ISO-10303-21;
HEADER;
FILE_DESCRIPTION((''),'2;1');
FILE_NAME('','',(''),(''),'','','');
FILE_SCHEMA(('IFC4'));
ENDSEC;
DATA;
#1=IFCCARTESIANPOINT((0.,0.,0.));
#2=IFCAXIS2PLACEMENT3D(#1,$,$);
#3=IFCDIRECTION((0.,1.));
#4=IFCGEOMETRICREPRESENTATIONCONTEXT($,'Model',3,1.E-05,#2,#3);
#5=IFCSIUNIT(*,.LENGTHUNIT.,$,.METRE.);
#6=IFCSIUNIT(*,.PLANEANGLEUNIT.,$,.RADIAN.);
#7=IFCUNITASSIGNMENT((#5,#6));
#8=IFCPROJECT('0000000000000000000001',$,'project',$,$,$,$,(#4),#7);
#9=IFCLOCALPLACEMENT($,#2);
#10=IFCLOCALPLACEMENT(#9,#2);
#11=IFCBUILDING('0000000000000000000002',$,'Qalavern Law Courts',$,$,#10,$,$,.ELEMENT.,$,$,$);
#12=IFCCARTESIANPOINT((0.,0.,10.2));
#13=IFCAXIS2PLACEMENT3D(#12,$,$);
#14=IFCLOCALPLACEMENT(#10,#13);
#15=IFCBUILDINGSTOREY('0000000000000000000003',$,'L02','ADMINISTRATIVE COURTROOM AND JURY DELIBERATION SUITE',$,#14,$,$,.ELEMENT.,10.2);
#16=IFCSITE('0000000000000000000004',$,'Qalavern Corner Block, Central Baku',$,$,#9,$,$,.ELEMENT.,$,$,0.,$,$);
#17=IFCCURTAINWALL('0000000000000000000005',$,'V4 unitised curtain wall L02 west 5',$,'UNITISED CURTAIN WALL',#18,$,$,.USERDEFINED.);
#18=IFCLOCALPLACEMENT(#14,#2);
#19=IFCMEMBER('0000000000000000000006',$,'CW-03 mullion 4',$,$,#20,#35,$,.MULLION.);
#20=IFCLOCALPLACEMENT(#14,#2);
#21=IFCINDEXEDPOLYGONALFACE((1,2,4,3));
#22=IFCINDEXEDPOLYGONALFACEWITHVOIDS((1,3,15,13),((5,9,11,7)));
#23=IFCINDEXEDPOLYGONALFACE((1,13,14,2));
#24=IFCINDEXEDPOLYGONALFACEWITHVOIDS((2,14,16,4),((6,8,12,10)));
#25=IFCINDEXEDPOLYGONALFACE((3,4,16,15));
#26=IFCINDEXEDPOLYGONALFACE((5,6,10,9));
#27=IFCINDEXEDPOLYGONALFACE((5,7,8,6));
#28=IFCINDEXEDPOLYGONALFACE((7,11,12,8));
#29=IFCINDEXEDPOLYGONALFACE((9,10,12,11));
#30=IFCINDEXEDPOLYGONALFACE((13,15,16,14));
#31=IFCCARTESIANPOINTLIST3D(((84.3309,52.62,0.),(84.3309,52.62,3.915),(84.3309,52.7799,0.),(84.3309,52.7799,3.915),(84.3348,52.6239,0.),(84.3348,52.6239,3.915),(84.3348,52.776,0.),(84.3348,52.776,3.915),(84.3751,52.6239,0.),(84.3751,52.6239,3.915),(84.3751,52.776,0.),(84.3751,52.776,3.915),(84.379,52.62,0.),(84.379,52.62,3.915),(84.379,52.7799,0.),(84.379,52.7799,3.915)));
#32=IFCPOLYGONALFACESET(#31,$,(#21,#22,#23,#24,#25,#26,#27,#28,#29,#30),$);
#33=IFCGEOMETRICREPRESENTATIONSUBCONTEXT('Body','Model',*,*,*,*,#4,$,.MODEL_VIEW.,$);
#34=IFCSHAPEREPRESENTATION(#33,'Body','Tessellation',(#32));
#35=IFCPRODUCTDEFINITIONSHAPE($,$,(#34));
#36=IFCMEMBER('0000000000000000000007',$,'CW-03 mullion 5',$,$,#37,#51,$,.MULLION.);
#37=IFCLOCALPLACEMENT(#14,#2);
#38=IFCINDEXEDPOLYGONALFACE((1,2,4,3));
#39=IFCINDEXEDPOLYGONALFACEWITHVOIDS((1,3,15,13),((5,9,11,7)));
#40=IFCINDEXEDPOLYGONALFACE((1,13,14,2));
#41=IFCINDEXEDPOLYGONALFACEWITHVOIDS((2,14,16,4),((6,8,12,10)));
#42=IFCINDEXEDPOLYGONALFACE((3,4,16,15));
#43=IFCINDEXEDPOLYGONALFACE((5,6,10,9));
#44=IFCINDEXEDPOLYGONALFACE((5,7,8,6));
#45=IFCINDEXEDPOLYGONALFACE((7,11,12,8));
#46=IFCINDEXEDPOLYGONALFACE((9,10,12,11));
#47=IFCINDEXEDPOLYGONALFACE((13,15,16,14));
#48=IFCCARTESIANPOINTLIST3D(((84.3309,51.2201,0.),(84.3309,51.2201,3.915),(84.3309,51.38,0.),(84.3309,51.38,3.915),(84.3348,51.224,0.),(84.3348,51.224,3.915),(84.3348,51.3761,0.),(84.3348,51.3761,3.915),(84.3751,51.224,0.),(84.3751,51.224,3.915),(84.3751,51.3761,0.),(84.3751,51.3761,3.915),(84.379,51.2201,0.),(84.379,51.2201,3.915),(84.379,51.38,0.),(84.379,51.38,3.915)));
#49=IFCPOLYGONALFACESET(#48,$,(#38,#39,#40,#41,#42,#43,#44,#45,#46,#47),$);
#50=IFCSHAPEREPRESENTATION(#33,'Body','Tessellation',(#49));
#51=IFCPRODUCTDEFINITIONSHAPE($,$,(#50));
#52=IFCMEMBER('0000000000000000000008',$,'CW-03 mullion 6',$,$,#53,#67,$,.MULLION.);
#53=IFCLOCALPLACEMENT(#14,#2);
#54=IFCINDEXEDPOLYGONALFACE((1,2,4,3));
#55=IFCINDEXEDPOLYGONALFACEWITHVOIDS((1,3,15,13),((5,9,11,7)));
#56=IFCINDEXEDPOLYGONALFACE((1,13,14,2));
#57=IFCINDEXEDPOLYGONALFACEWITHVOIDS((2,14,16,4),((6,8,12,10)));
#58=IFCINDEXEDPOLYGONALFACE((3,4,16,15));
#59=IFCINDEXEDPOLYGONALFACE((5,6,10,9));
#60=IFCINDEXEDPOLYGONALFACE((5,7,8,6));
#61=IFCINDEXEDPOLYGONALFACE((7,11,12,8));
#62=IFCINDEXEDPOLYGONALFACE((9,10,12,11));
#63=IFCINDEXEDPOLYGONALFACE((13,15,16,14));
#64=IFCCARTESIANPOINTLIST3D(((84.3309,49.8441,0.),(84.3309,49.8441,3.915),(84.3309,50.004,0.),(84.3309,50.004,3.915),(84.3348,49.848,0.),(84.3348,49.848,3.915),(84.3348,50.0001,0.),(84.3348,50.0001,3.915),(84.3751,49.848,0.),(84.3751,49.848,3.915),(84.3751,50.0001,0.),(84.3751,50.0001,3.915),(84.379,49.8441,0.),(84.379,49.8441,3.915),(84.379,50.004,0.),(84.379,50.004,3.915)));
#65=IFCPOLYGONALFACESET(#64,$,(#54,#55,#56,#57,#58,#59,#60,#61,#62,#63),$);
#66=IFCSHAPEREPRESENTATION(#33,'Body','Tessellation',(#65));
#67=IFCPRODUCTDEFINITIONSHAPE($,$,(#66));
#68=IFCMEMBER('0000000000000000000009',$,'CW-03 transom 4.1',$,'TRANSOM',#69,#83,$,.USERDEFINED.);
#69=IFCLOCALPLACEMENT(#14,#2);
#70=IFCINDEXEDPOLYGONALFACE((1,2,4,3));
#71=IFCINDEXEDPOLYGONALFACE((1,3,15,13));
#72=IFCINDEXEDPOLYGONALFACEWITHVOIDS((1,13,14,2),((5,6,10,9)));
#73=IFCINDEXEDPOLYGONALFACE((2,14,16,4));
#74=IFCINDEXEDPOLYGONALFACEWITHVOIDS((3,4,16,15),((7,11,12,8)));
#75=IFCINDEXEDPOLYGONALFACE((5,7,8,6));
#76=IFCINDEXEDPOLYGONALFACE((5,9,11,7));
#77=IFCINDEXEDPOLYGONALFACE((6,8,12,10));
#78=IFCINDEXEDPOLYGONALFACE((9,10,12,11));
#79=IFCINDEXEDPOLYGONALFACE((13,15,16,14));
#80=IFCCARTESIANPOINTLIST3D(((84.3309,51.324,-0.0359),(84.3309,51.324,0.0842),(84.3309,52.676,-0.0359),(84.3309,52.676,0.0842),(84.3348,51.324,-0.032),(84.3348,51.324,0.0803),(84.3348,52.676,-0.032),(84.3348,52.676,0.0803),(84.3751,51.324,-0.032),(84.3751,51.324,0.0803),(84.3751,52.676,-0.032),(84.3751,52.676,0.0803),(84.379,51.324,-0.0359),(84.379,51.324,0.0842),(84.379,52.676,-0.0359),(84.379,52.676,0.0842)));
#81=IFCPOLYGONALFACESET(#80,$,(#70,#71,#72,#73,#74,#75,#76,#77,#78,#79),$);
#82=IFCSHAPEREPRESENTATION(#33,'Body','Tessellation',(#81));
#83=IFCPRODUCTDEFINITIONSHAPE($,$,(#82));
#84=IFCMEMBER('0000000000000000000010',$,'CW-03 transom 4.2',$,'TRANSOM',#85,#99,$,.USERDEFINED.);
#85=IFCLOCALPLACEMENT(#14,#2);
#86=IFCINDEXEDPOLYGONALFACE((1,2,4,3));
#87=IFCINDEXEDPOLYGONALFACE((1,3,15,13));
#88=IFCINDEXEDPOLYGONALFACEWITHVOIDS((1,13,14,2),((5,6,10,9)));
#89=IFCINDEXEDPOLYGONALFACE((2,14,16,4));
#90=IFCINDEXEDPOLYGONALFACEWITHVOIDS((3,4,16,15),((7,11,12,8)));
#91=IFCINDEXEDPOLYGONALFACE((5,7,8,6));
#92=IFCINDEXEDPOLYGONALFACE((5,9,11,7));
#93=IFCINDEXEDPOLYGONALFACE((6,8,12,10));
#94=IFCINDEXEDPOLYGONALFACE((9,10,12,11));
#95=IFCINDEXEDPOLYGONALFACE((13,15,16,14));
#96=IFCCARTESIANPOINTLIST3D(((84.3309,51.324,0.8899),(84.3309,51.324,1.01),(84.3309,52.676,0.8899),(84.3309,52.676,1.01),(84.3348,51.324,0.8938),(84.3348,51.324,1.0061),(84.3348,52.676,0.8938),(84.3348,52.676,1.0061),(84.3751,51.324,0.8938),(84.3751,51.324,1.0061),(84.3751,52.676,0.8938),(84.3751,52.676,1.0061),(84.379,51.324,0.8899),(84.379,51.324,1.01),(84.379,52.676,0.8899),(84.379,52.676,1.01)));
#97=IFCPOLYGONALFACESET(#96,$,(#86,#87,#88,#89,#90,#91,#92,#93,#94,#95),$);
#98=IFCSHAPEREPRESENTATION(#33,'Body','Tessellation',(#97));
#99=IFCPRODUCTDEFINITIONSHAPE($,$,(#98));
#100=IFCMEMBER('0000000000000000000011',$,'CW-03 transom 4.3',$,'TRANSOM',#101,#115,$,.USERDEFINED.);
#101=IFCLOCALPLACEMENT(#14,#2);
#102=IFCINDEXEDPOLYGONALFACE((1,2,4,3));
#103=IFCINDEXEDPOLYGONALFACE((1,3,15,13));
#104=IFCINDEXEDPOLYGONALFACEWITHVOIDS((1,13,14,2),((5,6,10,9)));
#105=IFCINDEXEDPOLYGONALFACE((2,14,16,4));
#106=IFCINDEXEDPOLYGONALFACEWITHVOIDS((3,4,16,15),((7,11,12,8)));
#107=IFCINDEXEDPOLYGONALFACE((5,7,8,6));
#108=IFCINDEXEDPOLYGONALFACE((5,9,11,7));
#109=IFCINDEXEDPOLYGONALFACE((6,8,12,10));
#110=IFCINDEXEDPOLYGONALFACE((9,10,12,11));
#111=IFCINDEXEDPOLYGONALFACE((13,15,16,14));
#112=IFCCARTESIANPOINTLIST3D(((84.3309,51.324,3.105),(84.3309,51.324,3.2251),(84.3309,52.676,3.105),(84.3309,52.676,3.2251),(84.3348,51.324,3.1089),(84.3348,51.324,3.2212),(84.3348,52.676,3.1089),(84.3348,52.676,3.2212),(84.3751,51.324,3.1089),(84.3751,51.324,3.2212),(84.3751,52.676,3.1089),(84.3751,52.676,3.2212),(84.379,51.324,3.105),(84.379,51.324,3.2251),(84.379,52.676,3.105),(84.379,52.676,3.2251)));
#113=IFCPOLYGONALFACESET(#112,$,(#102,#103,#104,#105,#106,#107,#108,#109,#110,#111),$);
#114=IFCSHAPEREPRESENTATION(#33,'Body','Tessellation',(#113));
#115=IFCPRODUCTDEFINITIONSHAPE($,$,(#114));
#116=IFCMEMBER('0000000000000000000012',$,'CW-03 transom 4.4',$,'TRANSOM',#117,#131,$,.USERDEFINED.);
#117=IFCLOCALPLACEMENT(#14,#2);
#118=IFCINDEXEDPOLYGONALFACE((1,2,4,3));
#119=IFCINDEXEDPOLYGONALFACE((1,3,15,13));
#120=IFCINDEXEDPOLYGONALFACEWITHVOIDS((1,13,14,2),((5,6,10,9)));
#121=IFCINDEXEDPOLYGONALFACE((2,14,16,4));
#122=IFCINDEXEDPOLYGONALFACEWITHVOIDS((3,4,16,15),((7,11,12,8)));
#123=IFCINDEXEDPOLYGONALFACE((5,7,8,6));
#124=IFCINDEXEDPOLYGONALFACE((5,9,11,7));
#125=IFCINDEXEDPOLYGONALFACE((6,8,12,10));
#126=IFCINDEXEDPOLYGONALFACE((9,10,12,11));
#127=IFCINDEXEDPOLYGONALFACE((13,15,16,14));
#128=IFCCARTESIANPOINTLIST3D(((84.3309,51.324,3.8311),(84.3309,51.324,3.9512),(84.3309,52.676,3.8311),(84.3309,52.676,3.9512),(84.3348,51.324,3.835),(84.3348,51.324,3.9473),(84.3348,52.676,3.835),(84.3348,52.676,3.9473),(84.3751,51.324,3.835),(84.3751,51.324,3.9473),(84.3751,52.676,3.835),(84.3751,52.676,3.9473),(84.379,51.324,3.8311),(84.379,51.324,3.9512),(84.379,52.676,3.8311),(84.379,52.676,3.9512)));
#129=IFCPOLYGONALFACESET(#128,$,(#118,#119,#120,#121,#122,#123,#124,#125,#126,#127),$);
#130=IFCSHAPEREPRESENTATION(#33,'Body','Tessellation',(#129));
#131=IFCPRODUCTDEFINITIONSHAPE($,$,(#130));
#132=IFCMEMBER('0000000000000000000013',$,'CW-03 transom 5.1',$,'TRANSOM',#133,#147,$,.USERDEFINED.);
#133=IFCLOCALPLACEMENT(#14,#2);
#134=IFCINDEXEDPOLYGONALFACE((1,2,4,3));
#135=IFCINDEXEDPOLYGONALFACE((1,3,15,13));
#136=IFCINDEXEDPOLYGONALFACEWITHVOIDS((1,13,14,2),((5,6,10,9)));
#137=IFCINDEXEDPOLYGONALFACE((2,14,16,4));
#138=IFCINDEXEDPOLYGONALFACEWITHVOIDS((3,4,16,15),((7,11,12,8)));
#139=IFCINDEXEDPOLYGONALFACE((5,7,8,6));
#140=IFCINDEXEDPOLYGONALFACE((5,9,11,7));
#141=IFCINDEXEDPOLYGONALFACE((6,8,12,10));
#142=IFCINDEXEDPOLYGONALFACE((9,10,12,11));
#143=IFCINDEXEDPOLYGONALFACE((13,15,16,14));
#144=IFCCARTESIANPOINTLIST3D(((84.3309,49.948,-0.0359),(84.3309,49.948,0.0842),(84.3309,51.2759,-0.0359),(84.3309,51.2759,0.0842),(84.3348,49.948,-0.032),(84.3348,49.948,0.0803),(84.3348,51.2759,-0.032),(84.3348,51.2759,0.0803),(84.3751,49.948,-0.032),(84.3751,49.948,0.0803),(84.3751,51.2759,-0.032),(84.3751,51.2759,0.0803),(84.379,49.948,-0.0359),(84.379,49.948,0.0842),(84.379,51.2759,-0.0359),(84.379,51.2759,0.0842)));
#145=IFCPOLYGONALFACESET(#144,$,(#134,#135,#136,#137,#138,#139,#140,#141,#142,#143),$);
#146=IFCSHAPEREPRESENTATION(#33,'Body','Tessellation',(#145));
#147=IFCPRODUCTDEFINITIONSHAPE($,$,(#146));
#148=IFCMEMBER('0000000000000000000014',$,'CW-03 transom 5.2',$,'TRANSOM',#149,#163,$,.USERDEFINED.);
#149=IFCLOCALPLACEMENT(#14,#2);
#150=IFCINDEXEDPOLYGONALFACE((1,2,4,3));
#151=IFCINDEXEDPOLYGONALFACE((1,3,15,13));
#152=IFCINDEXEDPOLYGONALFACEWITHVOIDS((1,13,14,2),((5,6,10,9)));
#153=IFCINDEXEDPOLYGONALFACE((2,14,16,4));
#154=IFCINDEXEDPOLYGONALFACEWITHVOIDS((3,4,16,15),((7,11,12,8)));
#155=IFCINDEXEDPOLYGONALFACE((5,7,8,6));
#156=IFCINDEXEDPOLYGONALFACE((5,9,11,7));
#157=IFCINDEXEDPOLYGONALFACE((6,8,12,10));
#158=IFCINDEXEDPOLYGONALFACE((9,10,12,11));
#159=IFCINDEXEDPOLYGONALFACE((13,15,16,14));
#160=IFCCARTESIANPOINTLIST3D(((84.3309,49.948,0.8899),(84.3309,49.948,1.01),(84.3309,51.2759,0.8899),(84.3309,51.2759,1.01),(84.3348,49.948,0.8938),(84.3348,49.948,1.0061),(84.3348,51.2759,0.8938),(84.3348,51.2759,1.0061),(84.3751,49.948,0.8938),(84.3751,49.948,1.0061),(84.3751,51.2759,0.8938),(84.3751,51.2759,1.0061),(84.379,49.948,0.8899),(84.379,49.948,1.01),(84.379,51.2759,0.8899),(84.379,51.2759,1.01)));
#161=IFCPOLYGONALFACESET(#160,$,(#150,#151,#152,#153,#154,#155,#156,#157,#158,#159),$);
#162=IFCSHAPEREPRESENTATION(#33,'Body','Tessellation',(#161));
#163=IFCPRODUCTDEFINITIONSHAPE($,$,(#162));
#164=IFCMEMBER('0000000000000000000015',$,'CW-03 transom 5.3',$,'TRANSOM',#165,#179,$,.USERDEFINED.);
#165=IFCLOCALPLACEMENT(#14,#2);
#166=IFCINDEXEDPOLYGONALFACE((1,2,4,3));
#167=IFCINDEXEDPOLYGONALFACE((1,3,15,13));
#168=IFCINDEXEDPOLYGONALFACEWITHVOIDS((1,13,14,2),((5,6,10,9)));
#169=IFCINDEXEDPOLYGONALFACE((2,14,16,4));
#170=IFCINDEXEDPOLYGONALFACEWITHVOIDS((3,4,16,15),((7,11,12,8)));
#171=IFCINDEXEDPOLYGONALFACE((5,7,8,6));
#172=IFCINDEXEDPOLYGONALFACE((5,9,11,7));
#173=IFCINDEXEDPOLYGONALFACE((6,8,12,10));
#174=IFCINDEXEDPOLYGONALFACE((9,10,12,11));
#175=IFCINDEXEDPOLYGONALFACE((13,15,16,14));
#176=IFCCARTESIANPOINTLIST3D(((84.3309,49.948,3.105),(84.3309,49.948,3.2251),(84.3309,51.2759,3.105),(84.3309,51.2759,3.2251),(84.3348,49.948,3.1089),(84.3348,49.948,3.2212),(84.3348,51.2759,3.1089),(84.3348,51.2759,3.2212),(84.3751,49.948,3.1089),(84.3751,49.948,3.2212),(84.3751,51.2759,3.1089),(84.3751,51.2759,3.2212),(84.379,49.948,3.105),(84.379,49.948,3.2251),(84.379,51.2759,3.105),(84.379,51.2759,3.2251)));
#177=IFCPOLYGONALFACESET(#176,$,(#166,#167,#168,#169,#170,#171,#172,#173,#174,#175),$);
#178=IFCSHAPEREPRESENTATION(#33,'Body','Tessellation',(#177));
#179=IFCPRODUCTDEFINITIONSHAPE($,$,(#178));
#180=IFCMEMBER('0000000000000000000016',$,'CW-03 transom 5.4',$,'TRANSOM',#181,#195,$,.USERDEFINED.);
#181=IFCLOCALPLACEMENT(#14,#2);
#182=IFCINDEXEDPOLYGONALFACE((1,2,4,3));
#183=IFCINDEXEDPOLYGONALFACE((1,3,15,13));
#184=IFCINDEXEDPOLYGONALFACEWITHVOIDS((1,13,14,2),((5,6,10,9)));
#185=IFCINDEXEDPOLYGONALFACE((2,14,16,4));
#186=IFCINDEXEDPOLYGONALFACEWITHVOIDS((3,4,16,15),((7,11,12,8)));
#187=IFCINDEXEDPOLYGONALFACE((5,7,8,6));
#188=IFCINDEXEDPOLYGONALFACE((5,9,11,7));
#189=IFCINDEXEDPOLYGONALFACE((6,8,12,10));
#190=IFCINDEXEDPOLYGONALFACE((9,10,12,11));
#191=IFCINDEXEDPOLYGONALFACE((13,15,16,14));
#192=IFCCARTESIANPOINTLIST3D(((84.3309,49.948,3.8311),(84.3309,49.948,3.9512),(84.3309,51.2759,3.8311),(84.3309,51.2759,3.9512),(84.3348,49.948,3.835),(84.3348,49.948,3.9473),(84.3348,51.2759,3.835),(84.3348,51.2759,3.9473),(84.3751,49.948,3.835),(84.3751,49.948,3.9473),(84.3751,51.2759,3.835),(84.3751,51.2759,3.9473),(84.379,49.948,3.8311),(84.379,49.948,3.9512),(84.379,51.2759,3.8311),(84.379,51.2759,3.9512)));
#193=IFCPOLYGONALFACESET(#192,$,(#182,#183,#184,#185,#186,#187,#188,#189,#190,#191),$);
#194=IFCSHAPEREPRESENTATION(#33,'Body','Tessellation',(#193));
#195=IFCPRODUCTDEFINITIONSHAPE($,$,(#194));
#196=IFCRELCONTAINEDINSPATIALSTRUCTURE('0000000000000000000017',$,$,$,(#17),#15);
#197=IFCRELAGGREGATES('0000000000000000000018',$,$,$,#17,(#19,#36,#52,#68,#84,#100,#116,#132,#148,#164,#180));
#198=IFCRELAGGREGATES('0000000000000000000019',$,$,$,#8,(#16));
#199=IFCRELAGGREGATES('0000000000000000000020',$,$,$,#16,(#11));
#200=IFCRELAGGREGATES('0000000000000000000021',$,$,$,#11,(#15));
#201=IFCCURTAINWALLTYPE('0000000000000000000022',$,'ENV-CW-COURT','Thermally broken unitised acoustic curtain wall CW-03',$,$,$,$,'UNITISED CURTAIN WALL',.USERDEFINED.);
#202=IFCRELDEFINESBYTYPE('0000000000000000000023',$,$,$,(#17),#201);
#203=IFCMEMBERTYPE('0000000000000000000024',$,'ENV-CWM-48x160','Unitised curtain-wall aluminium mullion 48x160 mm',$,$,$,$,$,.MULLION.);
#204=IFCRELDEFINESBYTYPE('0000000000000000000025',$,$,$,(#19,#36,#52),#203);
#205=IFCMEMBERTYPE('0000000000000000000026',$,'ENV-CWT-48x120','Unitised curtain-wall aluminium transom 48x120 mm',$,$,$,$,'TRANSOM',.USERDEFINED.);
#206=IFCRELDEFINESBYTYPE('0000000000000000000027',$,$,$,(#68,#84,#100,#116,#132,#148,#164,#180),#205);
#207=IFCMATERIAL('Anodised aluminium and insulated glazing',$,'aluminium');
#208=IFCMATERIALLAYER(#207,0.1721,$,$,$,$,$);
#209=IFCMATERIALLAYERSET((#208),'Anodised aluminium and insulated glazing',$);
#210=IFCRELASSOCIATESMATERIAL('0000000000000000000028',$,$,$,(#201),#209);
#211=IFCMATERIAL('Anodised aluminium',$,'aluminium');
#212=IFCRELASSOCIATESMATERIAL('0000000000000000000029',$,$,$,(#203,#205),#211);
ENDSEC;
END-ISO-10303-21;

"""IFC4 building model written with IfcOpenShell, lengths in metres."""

from ifc_helpers import new_model, si_unit, direction, frame, origin, origin_2d, place, context, subcontext, project, spatial, hollow_rectangle, extrude, material, layer, layer_set, material_profile, profile_set, type_object, element, aggregate, save


model = new_model("IFC4")

# Units and contexts
model_context = context("Model", 3, precision=1e-05, world=origin(), true_north=direction((0.0, 1.0)))
body_context = subcontext(model_context, "Body", "Model", "MODEL_VIEW")
ifc_project = project(units=[si_unit("LENGTHUNIT", "METRE"), si_unit("PLANEANGLEUNIT", "RADIAN")], contexts=[model_context])

# Site, building, storey
site_placement = place(None, origin())
site = spatial("IfcSite", under=ifc_project, at=site_placement, Name="Qalavern Corner Block, Central Baku", CompositionType="ELEMENT", RefElevation=0.0)
building_placement = place(site_placement, origin())
building = spatial("IfcBuilding", under=site, at=building_placement, Name="Qalavern Law Courts", CompositionType="ELEMENT")
storey_placement = place(building_placement, frame((0.0, 0.0, 10.2)))
storey = spatial("IfcBuildingStorey", under=building, at=storey_placement, Name="L02", Description="ADMINISTRATIVE COURTROOM AND JURY DELIBERATION SUITE", CompositionType="ELEMENT", Elevation=10.2)

# Curtain wall, members
ifc_material_1 = material(Name="Anodised aluminium and insulated glazing", Category="aluminium")
ifc_layer_1 = layer(ifc_material_1, 0.1721)
ifc_layer_set_1 = layer_set([ifc_layer_1], Name="Anodised aluminium and insulated glazing")
curtain_wall_type = type_object("IfcCurtainWallType", Name="ENV-CW-COURT", Description="Thermally broken unitised acoustic curtain wall CW-03", ElementType="UNITISED CURTAIN WALL", PredefinedType="USERDEFINED", material=ifc_layer_set_1)
curtain_wall_placement = place(storey_placement, origin())
curtain_wall = element("IfcCurtainWall", 1, at=curtain_wall_placement, inside=storey, type_object=curtain_wall_type, Name="V4 unitised curtain wall L02 west 5", ObjectType="UNITISED CURTAIN WALL", PredefinedType="USERDEFINED")
ifc_material_2 = material(Name="Anodised aluminium", Category="aluminium")
ifc_material_profile_1 = material_profile(ifc_material_2, hollow_rectangle(XDim=0.0481, YDim=0.1599, WallThickness=0.0039, at=origin_2d()), Name="ALU MULLION 48x160")
ifc_profile_set_1 = profile_set([ifc_material_profile_1], Name="Anodised aluminium")
member_type_1 = type_object("IfcMemberType", Name="ENV-CWM-48x160", Description="Unitised curtain-wall aluminium mullion 48x160 mm", PredefinedType="MULLION", material=ifc_profile_set_1)
member_1_placement = place(storey_placement, frame((84.355, 52.7, 0.0), z_axis=(0.0, 0.0, 1.0), x_axis=(1.0, 0.0, 0.0)))
member_1 = element("IfcMember", 2, at=member_1_placement, type_object=member_type_1, Name="CW-03 mullion 4", PredefinedType="MULLION", context=body_context, shape_type="SweptSolid", body=[
    extrude(hollow_rectangle(XDim=0.0481, YDim=0.1599, WallThickness=0.0039, at=origin_2d()), origin(), (0.0, 0.0, 1.0), 3.915),
])
member_2_placement = place(storey_placement, frame((84.355, 51.3, 0.0), z_axis=(0.0, 0.0, 1.0), x_axis=(1.0, 0.0, 0.0)))
member_2 = element("IfcMember", 3, at=member_2_placement, type_object=member_type_1, Name="CW-03 mullion 5", PredefinedType="MULLION", context=body_context, shape_type="SweptSolid", body=[
    extrude(hollow_rectangle(XDim=0.0481, YDim=0.1599, WallThickness=0.0039, at=origin_2d()), origin(), (0.0, 0.0, 1.0), 3.915),
])
member_3_placement = place(storey_placement, frame((84.355, 49.9241, 0.0), z_axis=(0.0, 0.0, 1.0), x_axis=(1.0, 0.0, 0.0)))
member_3 = element("IfcMember", 4, at=member_3_placement, type_object=member_type_1, Name="CW-03 mullion 6", PredefinedType="MULLION", context=body_context, shape_type="SweptSolid", body=[
    extrude(hollow_rectangle(XDim=0.0481, YDim=0.1599, WallThickness=0.0039, at=origin_2d()), origin(), (0.0, 0.0, 1.0), 3.915),
])
ifc_material_profile_2 = material_profile(ifc_material_2, hollow_rectangle(XDim=0.0481, YDim=0.1201, WallThickness=0.0039, at=origin_2d()), Name="ALU TRANSOM 48x120")
ifc_profile_set_2 = profile_set([ifc_material_profile_2], Name="Anodised aluminium")
member_type_2 = type_object("IfcMemberType", Name="ENV-CWT-48x120", Description="Unitised curtain-wall aluminium transom 48x120 mm", ElementType="TRANSOM", PredefinedType="USERDEFINED", material=ifc_profile_set_2)
member_4_placement = place(storey_placement, frame((84.355, 52.676, 0.0242), z_axis=(0.0, -1.0, 0.0), x_axis=(1.0, 0.0, 0.0)))
member_4 = element("IfcMember", 5, at=member_4_placement, type_object=member_type_2, Name="CW-03 transom 4.1", ObjectType="TRANSOM", PredefinedType="USERDEFINED", context=body_context, shape_type="SweptSolid", body=[
    extrude(hollow_rectangle(XDim=0.0481, YDim=0.1201, WallThickness=0.0039, at=origin_2d()), origin(), (0.0, 0.0, 1.0), 1.3521),
])
member_5_placement = place(storey_placement, frame((84.355, 52.676, 0.95), z_axis=(0.0, -1.0, 0.0), x_axis=(1.0, 0.0, 0.0)))
member_5 = element("IfcMember", 6, at=member_5_placement, type_object=member_type_2, Name="CW-03 transom 4.2", ObjectType="TRANSOM", PredefinedType="USERDEFINED", context=body_context, shape_type="SweptSolid", body=[
    extrude(hollow_rectangle(XDim=0.0481, YDim=0.1201, WallThickness=0.0039, at=origin_2d()), origin(), (0.0, 0.0, 1.0), 1.3521),
])
member_6_placement = place(storey_placement, frame((84.355, 52.676, 3.165), z_axis=(0.0, -1.0, 0.0), x_axis=(1.0, 0.0, 0.0)))
member_6 = element("IfcMember", 7, at=member_6_placement, type_object=member_type_2, Name="CW-03 transom 4.3", ObjectType="TRANSOM", PredefinedType="USERDEFINED", context=body_context, shape_type="SweptSolid", body=[
    extrude(hollow_rectangle(XDim=0.0481, YDim=0.1201, WallThickness=0.0039, at=origin_2d()), origin(), (0.0, 0.0, 1.0), 1.3521),
])
member_7_placement = place(storey_placement, frame((84.355, 52.676, 3.8911), z_axis=(0.0, -1.0, 0.0), x_axis=(1.0, 0.0, 0.0)))
member_7 = element("IfcMember", 8, at=member_7_placement, type_object=member_type_2, Name="CW-03 transom 4.4", ObjectType="TRANSOM", PredefinedType="USERDEFINED", context=body_context, shape_type="SweptSolid", body=[
    extrude(hollow_rectangle(XDim=0.0481, YDim=0.1201, WallThickness=0.0039, at=origin_2d()), origin(), (0.0, 0.0, 1.0), 1.3521),
])
member_8_placement = place(storey_placement, frame((84.355, 51.2759, 0.0242), z_axis=(0.0, -1.0, 0.0), x_axis=(1.0, 0.0, 0.0)))
member_8 = element("IfcMember", 9, at=member_8_placement, type_object=member_type_2, Name="CW-03 transom 5.1", ObjectType="TRANSOM", PredefinedType="USERDEFINED", context=body_context, shape_type="SweptSolid", body=[
    extrude(hollow_rectangle(XDim=0.0481, YDim=0.1201, WallThickness=0.0039, at=origin_2d()), origin(), (0.0, 0.0, 1.0), 1.3279),
])
member_9_placement = place(storey_placement, frame((84.355, 51.2759, 0.95), z_axis=(0.0, -1.0, 0.0), x_axis=(1.0, 0.0, 0.0)))
member_9 = element("IfcMember", 10, at=member_9_placement, type_object=member_type_2, Name="CW-03 transom 5.2", ObjectType="TRANSOM", PredefinedType="USERDEFINED", context=body_context, shape_type="SweptSolid", body=[
    extrude(hollow_rectangle(XDim=0.0481, YDim=0.1201, WallThickness=0.0039, at=origin_2d()), origin(), (0.0, 0.0, 1.0), 1.3279),
])
member_10_placement = place(storey_placement, frame((84.355, 51.2759, 3.165), z_axis=(0.0, -1.0, 0.0), x_axis=(1.0, 0.0, 0.0)))
member_10 = element("IfcMember", 11, at=member_10_placement, type_object=member_type_2, Name="CW-03 transom 5.3", ObjectType="TRANSOM", PredefinedType="USERDEFINED", context=body_context, shape_type="SweptSolid", body=[
    extrude(hollow_rectangle(XDim=0.0481, YDim=0.1201, WallThickness=0.0039, at=origin_2d()), origin(), (0.0, 0.0, 1.0), 1.3279),
])
member_11_placement = place(storey_placement, frame((84.355, 51.2759, 3.8911), z_axis=(0.0, -1.0, 0.0), x_axis=(1.0, 0.0, 0.0)))
member_11 = element("IfcMember", 12, at=member_11_placement, type_object=member_type_2, Name="CW-03 transom 5.4", ObjectType="TRANSOM", PredefinedType="USERDEFINED", context=body_context, shape_type="SweptSolid", body=[
    extrude(hollow_rectangle(XDim=0.0481, YDim=0.1201, WallThickness=0.0039, at=origin_2d()), origin(), (0.0, 0.0, 1.0), 1.3279),
])

aggregate(curtain_wall, [member_1, member_2, member_3, member_4, member_5, member_6, member_7, member_8, member_9, member_10, member_11])

save(model, "model.ifc")
